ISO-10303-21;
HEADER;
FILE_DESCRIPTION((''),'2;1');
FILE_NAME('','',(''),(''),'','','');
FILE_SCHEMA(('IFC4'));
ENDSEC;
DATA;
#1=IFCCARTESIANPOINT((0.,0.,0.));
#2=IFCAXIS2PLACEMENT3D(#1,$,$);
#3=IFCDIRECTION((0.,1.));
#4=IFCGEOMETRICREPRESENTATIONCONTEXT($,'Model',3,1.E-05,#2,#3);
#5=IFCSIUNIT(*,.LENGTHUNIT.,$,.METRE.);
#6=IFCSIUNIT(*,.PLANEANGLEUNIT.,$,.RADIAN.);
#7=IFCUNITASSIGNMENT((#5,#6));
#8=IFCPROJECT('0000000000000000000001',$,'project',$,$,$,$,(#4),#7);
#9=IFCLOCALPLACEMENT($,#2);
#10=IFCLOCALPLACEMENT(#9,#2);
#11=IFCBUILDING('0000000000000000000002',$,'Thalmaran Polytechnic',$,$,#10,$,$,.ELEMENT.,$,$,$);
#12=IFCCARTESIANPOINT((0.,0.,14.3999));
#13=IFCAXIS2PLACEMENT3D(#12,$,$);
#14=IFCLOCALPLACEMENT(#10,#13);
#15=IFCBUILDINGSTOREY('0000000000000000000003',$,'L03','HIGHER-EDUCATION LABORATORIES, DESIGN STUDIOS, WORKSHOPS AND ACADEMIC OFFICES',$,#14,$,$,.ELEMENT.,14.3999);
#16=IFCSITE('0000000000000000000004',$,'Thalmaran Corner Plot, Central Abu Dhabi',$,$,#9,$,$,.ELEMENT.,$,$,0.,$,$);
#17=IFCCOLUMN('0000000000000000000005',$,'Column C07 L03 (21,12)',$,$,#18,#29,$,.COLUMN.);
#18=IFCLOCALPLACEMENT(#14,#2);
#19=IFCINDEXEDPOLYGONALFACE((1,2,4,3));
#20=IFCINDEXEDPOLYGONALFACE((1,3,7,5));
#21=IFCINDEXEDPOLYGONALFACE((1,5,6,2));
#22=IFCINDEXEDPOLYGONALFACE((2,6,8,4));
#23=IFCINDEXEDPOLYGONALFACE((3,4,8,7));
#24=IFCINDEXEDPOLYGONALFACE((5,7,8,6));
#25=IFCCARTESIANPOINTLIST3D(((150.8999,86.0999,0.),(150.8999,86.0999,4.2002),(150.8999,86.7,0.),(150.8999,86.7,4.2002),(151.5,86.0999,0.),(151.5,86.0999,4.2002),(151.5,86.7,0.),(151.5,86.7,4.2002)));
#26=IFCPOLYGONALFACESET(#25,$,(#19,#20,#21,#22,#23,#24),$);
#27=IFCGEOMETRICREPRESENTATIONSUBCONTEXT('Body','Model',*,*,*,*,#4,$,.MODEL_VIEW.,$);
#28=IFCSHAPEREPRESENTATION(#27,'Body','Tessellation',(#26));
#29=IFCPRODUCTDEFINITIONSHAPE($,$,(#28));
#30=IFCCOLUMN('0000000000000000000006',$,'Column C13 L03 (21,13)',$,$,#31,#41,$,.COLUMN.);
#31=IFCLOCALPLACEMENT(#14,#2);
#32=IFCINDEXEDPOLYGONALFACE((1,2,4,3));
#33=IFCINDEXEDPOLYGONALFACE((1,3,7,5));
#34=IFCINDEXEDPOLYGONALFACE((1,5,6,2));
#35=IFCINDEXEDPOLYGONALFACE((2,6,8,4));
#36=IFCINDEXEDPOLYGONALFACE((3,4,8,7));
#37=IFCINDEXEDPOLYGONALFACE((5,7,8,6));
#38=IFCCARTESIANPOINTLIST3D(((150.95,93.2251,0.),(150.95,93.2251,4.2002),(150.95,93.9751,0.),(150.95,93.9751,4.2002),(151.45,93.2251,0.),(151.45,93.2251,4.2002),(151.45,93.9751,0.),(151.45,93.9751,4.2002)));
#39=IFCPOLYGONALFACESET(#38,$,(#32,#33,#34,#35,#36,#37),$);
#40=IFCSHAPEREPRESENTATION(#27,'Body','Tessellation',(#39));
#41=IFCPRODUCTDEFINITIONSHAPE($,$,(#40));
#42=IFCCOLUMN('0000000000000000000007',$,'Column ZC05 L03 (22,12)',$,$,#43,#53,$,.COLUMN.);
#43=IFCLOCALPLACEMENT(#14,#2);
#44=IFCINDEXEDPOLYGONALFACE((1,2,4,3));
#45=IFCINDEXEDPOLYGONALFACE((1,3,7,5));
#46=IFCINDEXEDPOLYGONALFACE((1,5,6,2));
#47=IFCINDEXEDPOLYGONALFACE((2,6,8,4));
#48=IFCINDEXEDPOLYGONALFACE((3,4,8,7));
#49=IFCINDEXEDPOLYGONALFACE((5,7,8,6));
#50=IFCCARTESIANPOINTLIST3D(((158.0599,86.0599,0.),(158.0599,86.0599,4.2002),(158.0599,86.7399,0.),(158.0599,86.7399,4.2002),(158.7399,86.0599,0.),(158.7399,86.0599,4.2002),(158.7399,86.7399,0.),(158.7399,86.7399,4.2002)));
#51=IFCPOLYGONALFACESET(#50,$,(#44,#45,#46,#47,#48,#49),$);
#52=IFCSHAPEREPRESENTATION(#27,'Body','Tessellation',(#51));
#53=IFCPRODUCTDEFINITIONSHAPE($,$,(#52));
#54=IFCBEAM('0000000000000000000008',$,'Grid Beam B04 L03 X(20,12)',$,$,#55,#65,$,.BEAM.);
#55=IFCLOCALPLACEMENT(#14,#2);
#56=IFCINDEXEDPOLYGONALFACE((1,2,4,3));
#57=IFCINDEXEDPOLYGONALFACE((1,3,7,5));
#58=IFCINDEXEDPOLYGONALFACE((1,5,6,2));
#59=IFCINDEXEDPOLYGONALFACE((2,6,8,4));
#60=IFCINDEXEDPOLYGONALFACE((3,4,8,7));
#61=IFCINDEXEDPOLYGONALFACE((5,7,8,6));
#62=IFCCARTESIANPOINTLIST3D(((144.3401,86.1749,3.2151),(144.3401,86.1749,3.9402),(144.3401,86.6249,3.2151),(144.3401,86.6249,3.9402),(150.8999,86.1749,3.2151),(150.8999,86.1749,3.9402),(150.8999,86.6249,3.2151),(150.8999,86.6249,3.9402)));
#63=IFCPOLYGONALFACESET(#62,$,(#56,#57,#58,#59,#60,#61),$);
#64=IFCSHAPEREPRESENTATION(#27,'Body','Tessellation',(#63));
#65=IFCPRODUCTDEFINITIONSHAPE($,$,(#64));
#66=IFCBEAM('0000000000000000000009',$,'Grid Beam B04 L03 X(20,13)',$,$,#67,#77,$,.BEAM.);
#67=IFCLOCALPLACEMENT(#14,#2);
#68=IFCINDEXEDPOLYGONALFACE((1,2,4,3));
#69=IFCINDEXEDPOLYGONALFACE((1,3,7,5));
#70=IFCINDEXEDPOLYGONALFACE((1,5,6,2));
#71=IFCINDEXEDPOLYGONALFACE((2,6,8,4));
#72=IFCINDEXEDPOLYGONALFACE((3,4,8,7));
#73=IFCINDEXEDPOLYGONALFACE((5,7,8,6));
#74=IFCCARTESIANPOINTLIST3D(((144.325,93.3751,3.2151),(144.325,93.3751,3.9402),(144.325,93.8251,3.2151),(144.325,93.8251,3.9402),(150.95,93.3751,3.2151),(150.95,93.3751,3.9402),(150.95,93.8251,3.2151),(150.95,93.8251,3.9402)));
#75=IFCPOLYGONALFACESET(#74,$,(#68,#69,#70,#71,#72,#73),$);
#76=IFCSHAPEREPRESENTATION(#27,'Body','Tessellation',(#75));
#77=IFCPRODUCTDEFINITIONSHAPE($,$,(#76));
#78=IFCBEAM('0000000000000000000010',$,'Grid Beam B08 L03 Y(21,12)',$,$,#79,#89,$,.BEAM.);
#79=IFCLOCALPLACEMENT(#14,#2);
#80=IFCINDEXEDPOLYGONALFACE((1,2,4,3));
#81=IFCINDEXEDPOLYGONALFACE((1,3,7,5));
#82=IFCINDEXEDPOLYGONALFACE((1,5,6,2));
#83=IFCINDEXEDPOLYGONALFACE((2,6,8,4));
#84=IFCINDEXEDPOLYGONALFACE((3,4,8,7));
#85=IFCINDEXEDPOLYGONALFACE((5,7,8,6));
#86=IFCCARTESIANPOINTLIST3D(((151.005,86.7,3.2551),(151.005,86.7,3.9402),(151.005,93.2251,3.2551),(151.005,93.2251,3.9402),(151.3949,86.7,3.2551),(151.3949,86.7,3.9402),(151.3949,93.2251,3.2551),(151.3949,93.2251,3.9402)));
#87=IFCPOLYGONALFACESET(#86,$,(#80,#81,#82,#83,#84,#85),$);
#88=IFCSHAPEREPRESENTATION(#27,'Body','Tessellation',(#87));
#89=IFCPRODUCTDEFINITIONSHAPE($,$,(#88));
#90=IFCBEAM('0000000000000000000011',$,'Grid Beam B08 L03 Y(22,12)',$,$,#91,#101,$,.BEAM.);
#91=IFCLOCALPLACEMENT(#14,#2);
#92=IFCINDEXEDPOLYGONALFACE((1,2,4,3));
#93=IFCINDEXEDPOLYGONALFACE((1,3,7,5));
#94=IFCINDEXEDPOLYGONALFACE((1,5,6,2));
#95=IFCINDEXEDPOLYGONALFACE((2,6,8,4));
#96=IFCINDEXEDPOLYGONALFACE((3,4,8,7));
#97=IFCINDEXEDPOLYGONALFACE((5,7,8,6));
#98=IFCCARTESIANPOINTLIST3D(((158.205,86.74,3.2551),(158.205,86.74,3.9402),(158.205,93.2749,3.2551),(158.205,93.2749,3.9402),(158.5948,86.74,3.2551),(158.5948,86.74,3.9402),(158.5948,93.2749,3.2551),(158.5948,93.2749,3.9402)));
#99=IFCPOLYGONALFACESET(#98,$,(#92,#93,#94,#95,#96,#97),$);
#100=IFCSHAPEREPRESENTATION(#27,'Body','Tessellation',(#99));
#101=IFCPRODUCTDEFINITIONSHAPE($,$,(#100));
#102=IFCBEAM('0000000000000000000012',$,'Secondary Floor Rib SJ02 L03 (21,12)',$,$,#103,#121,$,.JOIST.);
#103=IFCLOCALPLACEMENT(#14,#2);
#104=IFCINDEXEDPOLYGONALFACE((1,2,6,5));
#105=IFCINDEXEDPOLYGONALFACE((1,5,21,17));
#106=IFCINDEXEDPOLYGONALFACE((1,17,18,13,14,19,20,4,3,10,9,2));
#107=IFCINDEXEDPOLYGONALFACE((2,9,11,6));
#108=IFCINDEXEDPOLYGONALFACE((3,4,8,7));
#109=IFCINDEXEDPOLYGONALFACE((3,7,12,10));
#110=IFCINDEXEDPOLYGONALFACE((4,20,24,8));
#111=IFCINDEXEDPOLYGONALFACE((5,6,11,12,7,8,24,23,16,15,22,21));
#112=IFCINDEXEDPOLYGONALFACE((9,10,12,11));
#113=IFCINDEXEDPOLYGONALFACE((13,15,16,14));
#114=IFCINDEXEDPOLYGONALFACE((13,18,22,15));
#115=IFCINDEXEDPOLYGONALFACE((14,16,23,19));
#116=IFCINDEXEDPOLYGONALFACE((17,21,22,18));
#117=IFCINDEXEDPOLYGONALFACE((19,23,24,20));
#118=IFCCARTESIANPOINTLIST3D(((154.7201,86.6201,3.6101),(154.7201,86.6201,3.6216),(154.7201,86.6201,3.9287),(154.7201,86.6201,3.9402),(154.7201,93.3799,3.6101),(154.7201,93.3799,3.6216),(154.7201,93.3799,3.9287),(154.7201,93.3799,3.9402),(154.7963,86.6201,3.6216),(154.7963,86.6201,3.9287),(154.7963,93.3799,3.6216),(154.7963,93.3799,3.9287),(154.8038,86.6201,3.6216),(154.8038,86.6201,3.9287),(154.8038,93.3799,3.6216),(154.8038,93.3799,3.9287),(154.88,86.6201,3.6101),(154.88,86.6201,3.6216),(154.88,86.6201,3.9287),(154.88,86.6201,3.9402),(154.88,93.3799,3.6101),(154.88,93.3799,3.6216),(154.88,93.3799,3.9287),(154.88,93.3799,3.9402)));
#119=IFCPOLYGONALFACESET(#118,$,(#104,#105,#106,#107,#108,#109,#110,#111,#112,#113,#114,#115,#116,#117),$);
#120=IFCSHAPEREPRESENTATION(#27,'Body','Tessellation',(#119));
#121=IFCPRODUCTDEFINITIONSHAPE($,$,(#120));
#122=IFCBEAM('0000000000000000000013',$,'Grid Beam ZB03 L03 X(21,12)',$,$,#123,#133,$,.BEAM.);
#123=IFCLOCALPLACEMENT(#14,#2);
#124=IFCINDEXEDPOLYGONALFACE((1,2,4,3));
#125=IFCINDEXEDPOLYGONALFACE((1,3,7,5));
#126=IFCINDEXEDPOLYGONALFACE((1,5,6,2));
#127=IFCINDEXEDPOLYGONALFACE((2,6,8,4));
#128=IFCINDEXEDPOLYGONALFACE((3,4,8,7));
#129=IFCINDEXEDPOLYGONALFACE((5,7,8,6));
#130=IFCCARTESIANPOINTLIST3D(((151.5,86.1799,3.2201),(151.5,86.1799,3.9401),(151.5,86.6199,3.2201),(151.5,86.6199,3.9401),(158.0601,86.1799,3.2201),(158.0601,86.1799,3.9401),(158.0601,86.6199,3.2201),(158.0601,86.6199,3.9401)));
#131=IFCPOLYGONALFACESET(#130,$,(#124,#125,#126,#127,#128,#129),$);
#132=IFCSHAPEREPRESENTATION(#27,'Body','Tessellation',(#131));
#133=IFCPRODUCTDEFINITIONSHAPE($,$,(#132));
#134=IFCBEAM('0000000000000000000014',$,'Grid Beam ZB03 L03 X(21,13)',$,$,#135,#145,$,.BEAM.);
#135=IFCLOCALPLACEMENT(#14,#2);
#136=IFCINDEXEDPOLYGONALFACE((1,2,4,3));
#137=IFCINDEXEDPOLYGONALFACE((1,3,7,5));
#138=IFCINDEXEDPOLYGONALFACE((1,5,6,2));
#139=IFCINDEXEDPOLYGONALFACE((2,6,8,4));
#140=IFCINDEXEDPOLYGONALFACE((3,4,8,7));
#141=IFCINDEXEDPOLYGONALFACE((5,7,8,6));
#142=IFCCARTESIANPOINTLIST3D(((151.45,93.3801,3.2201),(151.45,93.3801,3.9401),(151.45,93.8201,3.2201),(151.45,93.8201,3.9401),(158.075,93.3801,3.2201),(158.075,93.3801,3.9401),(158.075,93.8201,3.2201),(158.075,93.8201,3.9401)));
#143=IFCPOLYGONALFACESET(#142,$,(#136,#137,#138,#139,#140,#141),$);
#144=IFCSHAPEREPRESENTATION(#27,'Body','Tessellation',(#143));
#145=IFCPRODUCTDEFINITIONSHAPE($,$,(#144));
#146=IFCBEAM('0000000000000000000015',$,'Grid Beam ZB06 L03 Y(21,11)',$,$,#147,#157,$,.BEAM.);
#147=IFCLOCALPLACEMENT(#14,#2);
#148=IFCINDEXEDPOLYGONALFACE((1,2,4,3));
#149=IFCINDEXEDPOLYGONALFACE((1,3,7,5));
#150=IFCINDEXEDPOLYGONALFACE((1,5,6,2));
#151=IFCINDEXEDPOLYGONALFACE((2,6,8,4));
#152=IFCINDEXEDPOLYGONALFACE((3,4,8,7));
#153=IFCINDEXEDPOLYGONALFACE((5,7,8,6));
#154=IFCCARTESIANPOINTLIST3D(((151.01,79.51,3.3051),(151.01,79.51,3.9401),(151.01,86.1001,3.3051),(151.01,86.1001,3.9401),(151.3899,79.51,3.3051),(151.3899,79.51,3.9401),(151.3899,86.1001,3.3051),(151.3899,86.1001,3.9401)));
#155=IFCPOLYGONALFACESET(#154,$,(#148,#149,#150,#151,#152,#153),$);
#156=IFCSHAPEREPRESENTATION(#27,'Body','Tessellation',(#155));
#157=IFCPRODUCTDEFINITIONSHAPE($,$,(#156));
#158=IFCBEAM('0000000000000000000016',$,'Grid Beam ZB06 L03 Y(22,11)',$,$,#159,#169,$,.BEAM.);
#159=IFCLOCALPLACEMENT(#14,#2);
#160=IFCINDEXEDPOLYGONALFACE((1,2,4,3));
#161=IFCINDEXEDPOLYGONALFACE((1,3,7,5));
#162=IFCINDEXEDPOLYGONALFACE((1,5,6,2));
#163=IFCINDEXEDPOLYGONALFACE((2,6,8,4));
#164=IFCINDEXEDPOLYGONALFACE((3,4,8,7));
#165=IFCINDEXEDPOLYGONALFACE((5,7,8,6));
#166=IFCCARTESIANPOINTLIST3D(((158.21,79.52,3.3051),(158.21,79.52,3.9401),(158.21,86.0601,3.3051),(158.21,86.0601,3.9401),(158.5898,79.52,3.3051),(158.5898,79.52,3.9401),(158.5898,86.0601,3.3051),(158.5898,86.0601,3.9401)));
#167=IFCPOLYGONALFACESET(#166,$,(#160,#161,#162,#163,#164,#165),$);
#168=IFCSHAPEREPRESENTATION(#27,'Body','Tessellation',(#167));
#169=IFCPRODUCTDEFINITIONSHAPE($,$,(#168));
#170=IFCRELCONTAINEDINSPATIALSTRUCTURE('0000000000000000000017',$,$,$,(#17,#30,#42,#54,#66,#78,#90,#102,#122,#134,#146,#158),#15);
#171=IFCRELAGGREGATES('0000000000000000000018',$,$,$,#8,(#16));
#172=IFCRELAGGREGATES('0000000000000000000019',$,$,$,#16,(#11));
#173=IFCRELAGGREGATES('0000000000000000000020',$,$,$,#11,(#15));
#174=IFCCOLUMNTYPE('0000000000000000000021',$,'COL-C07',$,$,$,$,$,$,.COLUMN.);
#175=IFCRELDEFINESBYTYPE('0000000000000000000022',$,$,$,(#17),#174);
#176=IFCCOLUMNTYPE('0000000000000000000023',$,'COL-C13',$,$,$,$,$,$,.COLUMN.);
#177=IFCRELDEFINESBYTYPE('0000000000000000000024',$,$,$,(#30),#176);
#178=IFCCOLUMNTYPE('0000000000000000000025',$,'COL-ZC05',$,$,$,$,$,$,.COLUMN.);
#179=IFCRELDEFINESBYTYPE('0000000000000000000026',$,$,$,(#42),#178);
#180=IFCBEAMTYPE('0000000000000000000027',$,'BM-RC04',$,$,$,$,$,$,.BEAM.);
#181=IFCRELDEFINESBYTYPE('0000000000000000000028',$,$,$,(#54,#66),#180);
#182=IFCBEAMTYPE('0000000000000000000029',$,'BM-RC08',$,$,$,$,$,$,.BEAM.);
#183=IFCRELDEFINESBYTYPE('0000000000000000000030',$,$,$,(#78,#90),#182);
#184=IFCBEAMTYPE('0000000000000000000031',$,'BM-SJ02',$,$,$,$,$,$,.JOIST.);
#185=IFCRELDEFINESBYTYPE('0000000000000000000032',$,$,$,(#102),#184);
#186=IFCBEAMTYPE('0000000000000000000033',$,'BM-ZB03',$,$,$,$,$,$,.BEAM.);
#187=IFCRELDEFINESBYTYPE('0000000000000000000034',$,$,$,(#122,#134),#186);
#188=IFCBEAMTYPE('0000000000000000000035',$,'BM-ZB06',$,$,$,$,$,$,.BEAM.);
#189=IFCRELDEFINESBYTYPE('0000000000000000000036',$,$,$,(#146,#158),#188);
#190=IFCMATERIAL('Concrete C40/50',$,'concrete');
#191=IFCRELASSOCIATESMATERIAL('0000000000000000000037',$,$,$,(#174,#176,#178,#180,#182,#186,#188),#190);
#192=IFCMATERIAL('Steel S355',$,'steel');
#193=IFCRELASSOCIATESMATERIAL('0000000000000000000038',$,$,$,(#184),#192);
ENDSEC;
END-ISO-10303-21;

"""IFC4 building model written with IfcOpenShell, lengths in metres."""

from ifc_helpers import new_model, si_unit, direction, frame, origin, origin_2d, place, context, subcontext, project, spatial, rectangle, i_section, extrude, material, material_profile, profile_set, type_object, element, save


model = new_model("IFC4")

# Units and contexts
model_context = context("Model", 3, precision=1e-05, world=origin(), true_north=direction((0.0, 1.0)))
body_context = subcontext(model_context, "Body", "Model", "MODEL_VIEW")
ifc_project = project(units=[si_unit("LENGTHUNIT", "METRE"), si_unit("PLANEANGLEUNIT", "RADIAN")], contexts=[model_context])

# Site, building, storey
site_placement = place(None, origin())
site = spatial("IfcSite", under=ifc_project, at=site_placement, Name="Thalmaran Corner Plot, Central Abu Dhabi", CompositionType="ELEMENT", RefElevation=0.0)
building_placement = place(site_placement, origin())
building = spatial("IfcBuilding", under=site, at=building_placement, Name="Thalmaran Polytechnic", CompositionType="ELEMENT")
storey_placement = place(building_placement, frame((0.0, 0.0, 14.3999)))
storey = spatial("IfcBuildingStorey", under=building, at=storey_placement, Name="L03", Description="HIGHER-EDUCATION LABORATORIES, DESIGN STUDIOS, WORKSHOPS AND ACADEMIC OFFICES", CompositionType="ELEMENT", Elevation=14.3999)

# Columns
ifc_material_1 = material(Name="Concrete C40/50", Category="concrete")
ifc_material_profile_1 = material_profile(ifc_material_1, rectangle(XDim=0.6001, YDim=0.6001, at=origin_2d()), Name="RC 600x600")
ifc_profile_set_1 = profile_set([ifc_material_profile_1], Name="Concrete C40/50")
column_type_1 = type_object("IfcColumnType", Name="COL-C07", PredefinedType="COLUMN", material=ifc_profile_set_1)
column_1_placement = place(storey_placement, frame((151.2, 86.3999, 0.0), z_axis=(0.0, 0.0, 1.0), x_axis=(1.0, 0.0, 0.0)))
element("IfcColumn", 1, at=column_1_placement, inside=storey, type_object=column_type_1, Name="Column C07 L03 (21,12)", PredefinedType="COLUMN", context=body_context, shape_type="SweptSolid", body=[
    extrude(rectangle(XDim=0.6001, YDim=0.6001, at=origin_2d()), origin(), (0.0, 0.0, 1.0), 4.2002),
])
ifc_material_profile_2 = material_profile(ifc_material_1, rectangle(XDim=0.5, YDim=0.75, at=origin_2d()), Name="RC 500x750")
ifc_profile_set_2 = profile_set([ifc_material_profile_2], Name="Concrete C40/50")
column_type_2 = type_object("IfcColumnType", Name="COL-C13", PredefinedType="COLUMN", material=ifc_profile_set_2)
column_2_placement = place(storey_placement, frame((151.2, 93.6001, 0.0), z_axis=(0.0, 0.0, 1.0), x_axis=(1.0, 0.0, 0.0)))
element("IfcColumn", 2, at=column_2_placement, inside=storey, type_object=column_type_2, Name="Column C13 L03 (21,13)", PredefinedType="COLUMN", context=body_context, shape_type="SweptSolid", body=[
    extrude(rectangle(XDim=0.5, YDim=0.75, at=origin_2d()), origin(), (0.0, 0.0, 1.0), 4.2002),
])
ifc_material_profile_3 = material_profile(ifc_material_1, rectangle(XDim=0.6799, YDim=0.6799, at=origin_2d()), Name="RC 680x680")
ifc_profile_set_3 = profile_set([ifc_material_profile_3], Name="Concrete C40/50")
column_type_3 = type_object("IfcColumnType", Name="COL-ZC05", PredefinedType="COLUMN", material=ifc_profile_set_3)
column_3_placement = place(storey_placement, frame((158.3999, 86.3999, 0.0), z_axis=(0.0, 0.0, 1.0), x_axis=(1.0, 0.0, 0.0)))
element("IfcColumn", 3, at=column_3_placement, inside=storey, type_object=column_type_3, Name="Column ZC05 L03 (22,12)", PredefinedType="COLUMN", context=body_context, shape_type="SweptSolid", body=[
    extrude(rectangle(XDim=0.6799, YDim=0.6799, at=origin_2d()), origin(), (0.0, 0.0, 1.0), 4.2002),
])

# Beams
ifc_material_profile_4 = material_profile(ifc_material_1, rectangle(XDim=0.45, YDim=0.7251, at=origin_2d()), Name="RC 450x725")
ifc_profile_set_4 = profile_set([ifc_material_profile_4], Name="Concrete C40/50")
beam_type_1 = type_object("IfcBeamType", Name="BM-RC04", PredefinedType="BEAM", material=ifc_profile_set_4)
beam_1_placement = place(storey_placement, frame((144.3401, 86.3999, 3.5776), z_axis=(1.0, 0.0, 0.0), x_axis=(0.0, 1.0, 0.0)))
element("IfcBeam", 4, at=beam_1_placement, inside=storey, type_object=beam_type_1, Name="Grid Beam B04 L03 X(20,12)", PredefinedType="BEAM", context=body_context, shape_type="SweptSolid", body=[
    extrude(rectangle(XDim=0.45, YDim=0.7251, at=origin_2d()), origin(), (0.0, 0.0, 1.0), 6.5598),
])
beam_2_placement = place(storey_placement, frame((144.325, 93.6001, 3.5776), z_axis=(1.0, 0.0, 0.0), x_axis=(0.0, 1.0, 0.0)))
element("IfcBeam", 5, at=beam_2_placement, inside=storey, type_object=beam_type_1, Name="Grid Beam B04 L03 X(20,13)", PredefinedType="BEAM", context=body_context, shape_type="SweptSolid", body=[
    extrude(rectangle(XDim=0.45, YDim=0.7251, at=origin_2d()), origin(), (0.0, 0.0, 1.0), 6.625),
])
ifc_material_profile_5 = material_profile(ifc_material_1, rectangle(XDim=0.3899, YDim=0.6851, at=origin_2d()), Name="RC 390x685")
ifc_profile_set_5 = profile_set([ifc_material_profile_5], Name="Concrete C40/50")
beam_type_2 = type_object("IfcBeamType", Name="BM-RC08", PredefinedType="BEAM", material=ifc_profile_set_5)
beam_3_placement = place(storey_placement, frame((151.2, 86.7, 3.5977), z_axis=(0.0, 1.0, 0.0), x_axis=(-1.0, 0.0, 0.0)))
element("IfcBeam", 6, at=beam_3_placement, inside=storey, type_object=beam_type_2, Name="Grid Beam B08 L03 Y(21,12)", PredefinedType="BEAM", context=body_context, shape_type="SweptSolid", body=[
    extrude(rectangle(XDim=0.3899, YDim=0.6851, at=origin_2d()), origin(), (0.0, 0.0, 1.0), 6.5251),
])
beam_4_placement = place(storey_placement, frame((158.3999, 86.74, 3.5977), z_axis=(0.0, 1.0, 0.0), x_axis=(-1.0, 0.0, 0.0)))
element("IfcBeam", 7, at=beam_4_placement, inside=storey, type_object=beam_type_2, Name="Grid Beam B08 L03 Y(22,12)", PredefinedType="BEAM", context=body_context, shape_type="SweptSolid", body=[
    extrude(rectangle(XDim=0.3899, YDim=0.6851, at=origin_2d()), origin(), (0.0, 0.0, 1.0), 6.5349),
])
ifc_material_2 = material(Name="Steel S355", Category="steel")
ifc_material_profile_6 = material_profile(ifc_material_2, i_section(OverallWidth=0.1599, OverallDepth=0.3301, WebThickness=0.0076, FlangeThickness=0.0115, at=origin_2d()), Name="IPE 330")
ifc_profile_set_6 = profile_set([ifc_material_profile_6], Name="Steel S355")
beam_type_3 = type_object("IfcBeamType", Name="BM-SJ02", PredefinedType="JOIST", material=ifc_profile_set_6)
beam_5_placement = place(storey_placement, frame((154.8, 86.6201, 3.7751), z_axis=(0.0, 1.0, 0.0), x_axis=(-1.0, 0.0, 0.0)))
element("IfcBeam", 8, at=beam_5_placement, inside=storey, type_object=beam_type_3, Name="Secondary Floor Rib SJ02 L03 (21,12)", PredefinedType="JOIST", context=body_context, shape_type="SweptSolid", body=[
    extrude(i_section(OverallWidth=0.1599, OverallDepth=0.3301, WebThickness=0.0076, FlangeThickness=0.0115, at=origin_2d()), origin(), (0.0, 0.0, 1.0), 6.7598),
])
ifc_material_profile_7 = material_profile(ifc_material_1, rectangle(XDim=0.4399, YDim=0.72, at=origin_2d()), Name="RC 440x720")
ifc_profile_set_7 = profile_set([ifc_material_profile_7], Name="Concrete C40/50")
beam_type_4 = type_object("IfcBeamType", Name="BM-ZB03", PredefinedType="BEAM", material=ifc_profile_set_7)
beam_6_placement = place(storey_placement, frame((151.5, 86.3999, 3.5801), z_axis=(1.0, 0.0, 0.0), x_axis=(0.0, 1.0, 0.0)))
element("IfcBeam", 9, at=beam_6_placement, inside=storey, type_object=beam_type_4, Name="Grid Beam ZB03 L03 X(21,12)", PredefinedType="BEAM", context=body_context, shape_type="SweptSolid", body=[
    extrude(rectangle(XDim=0.4399, YDim=0.72, at=origin_2d()), origin(), (0.0, 0.0, 1.0), 6.5601),
])
beam_7_placement = place(storey_placement, frame((151.45, 93.6001, 3.5801), z_axis=(1.0, 0.0, 0.0), x_axis=(0.0, 1.0, 0.0)))
element("IfcBeam", 10, at=beam_7_placement, inside=storey, type_object=beam_type_4, Name="Grid Beam ZB03 L03 X(21,13)", PredefinedType="BEAM", context=body_context, shape_type="SweptSolid", body=[
    extrude(rectangle(XDim=0.4399, YDim=0.72, at=origin_2d()), origin(), (0.0, 0.0, 1.0), 6.625),
])
ifc_material_profile_8 = material_profile(ifc_material_1, rectangle(XDim=0.3799, YDim=0.635, at=origin_2d()), Name="RC 380x635")
ifc_profile_set_8 = profile_set([ifc_material_profile_8], Name="Concrete C40/50")
beam_type_5 = type_object("IfcBeamType", Name="BM-ZB06", PredefinedType="BEAM", material=ifc_profile_set_8)
beam_8_placement = place(storey_placement, frame((151.2, 79.51, 3.6226), z_axis=(0.0, 1.0, 0.0), x_axis=(-1.0, 0.0, 0.0)))
element("IfcBeam", 11, at=beam_8_placement, inside=storey, type_object=beam_type_5, Name="Grid Beam ZB06 L03 Y(21,11)", PredefinedType="BEAM", context=body_context, shape_type="SweptSolid", body=[
    extrude(rectangle(XDim=0.3799, YDim=0.635, at=origin_2d()), origin(), (0.0, 0.0, 1.0), 6.5901),
])
beam_9_placement = place(storey_placement, frame((158.3999, 79.52, 3.6226), z_axis=(0.0, 1.0, 0.0), x_axis=(-1.0, 0.0, 0.0)))
element("IfcBeam", 12, at=beam_9_placement, inside=storey, type_object=beam_type_5, Name="Grid Beam ZB06 L03 Y(22,11)", PredefinedType="BEAM", context=body_context, shape_type="SweptSolid", body=[
    extrude(rectangle(XDim=0.3799, YDim=0.635, at=origin_2d()), origin(), (0.0, 0.0, 1.0), 6.54),
])

save(model, "model.ifc")
